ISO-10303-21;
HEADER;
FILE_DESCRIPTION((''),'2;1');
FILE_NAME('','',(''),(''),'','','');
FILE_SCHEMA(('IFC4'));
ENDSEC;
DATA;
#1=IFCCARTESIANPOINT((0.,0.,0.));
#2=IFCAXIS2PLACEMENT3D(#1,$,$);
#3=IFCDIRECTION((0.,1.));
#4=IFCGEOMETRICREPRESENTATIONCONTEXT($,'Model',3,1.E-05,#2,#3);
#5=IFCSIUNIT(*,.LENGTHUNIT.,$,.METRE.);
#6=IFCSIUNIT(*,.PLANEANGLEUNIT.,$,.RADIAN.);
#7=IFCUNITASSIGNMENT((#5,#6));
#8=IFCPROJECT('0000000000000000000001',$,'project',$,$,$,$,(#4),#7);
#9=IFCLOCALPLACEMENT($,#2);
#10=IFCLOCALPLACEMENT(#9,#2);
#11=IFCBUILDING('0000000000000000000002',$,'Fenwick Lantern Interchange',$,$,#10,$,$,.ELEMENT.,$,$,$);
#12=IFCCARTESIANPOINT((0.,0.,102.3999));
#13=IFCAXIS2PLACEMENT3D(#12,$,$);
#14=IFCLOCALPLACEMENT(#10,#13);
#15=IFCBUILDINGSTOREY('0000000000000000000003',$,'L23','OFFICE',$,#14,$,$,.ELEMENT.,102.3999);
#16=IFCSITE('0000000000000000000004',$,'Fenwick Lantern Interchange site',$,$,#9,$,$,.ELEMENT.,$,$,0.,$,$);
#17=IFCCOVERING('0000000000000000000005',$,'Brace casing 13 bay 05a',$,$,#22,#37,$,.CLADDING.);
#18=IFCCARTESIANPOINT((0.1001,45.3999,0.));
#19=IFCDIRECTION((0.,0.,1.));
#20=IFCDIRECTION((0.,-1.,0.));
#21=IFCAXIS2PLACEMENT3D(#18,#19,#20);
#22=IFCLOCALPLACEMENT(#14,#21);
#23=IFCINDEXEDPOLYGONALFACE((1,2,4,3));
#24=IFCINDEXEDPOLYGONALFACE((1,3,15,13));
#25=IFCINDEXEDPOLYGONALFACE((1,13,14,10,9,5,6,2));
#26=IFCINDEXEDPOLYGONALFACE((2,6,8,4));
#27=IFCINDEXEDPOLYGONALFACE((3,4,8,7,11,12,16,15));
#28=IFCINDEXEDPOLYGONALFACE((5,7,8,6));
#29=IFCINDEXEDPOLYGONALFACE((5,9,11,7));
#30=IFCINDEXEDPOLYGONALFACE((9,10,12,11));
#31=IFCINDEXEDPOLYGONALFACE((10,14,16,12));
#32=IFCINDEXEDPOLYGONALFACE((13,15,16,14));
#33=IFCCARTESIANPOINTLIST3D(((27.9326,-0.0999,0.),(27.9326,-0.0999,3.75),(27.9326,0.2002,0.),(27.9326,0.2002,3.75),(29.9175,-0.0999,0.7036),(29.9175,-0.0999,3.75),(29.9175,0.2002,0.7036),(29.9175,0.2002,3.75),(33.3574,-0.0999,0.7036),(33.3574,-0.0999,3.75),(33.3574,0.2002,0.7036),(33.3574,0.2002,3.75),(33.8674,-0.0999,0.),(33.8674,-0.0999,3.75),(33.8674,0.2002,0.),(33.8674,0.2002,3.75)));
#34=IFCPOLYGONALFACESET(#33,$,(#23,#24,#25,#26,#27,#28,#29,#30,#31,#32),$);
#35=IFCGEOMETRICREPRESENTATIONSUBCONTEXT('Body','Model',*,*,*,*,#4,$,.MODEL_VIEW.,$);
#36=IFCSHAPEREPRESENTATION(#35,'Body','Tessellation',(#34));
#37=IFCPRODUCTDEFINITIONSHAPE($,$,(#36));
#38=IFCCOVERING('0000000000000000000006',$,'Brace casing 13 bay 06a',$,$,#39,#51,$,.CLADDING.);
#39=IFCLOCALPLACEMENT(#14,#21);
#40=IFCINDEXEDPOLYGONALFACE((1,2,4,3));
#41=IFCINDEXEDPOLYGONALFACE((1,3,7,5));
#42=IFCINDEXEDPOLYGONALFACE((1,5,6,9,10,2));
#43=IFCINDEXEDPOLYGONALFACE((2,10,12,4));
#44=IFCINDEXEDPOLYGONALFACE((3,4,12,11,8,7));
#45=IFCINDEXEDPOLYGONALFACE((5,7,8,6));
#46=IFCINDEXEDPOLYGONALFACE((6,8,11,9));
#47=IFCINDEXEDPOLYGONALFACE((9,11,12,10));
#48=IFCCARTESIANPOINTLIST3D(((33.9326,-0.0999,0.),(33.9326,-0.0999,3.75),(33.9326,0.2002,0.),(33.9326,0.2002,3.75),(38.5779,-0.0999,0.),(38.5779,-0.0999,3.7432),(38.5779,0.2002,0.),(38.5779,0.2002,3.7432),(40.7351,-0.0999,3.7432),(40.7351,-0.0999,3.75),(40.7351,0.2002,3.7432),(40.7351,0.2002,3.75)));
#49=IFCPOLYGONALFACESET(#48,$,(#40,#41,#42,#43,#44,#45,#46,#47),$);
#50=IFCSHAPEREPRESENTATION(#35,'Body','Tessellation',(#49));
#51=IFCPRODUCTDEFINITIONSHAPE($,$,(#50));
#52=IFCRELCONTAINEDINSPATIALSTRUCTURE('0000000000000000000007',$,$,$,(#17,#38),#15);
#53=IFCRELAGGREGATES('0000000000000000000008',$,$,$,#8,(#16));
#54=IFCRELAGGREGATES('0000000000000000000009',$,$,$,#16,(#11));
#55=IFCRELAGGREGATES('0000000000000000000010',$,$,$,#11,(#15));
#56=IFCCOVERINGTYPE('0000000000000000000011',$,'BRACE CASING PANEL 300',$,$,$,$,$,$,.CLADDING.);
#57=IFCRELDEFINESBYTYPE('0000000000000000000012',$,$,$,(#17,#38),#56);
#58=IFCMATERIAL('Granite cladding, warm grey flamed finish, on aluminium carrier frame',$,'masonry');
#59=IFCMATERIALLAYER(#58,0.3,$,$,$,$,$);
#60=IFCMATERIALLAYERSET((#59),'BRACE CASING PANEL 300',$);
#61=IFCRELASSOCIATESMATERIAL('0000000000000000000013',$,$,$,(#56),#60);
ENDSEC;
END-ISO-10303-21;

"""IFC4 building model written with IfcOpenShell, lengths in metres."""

from ifc_helpers import new_model, si_unit, direction, frame, origin, place, context, subcontext, project, spatial, polyline, outline, extrude, material, layer, layer_set, type_object, element, save


model = new_model("IFC4")

# Units and contexts
model_context = context("Model", 3, precision=1e-05, world=origin(), true_north=direction((0.0, 1.0)))
body_context = subcontext(model_context, "Body", "Model", "MODEL_VIEW")
ifc_project = project(units=[si_unit("LENGTHUNIT", "METRE"), si_unit("PLANEANGLEUNIT", "RADIAN")], contexts=[model_context])

# Site, building, storey
site_placement = place(None, origin())
site = spatial("IfcSite", under=ifc_project, at=site_placement, Name="Fenwick Lantern Interchange site", CompositionType="ELEMENT", RefElevation=0.0)
building_placement = place(site_placement, origin())
building = spatial("IfcBuilding", under=site, at=building_placement, Name="Fenwick Lantern Interchange", CompositionType="ELEMENT")
storey_placement = place(building_placement, frame((0.0, 0.0, 102.3999)))
storey = spatial("IfcBuildingStorey", under=building, at=storey_placement, Name="L23", Description="OFFICE", CompositionType="ELEMENT", Elevation=102.3999)

# Coverings
ifc_material_1 = material(Name="Granite cladding, warm grey flamed finish, on aluminium carrier frame", Category="masonry")
ifc_layer_1 = layer(ifc_material_1, 0.3)
ifc_layer_set_1 = layer_set([ifc_layer_1], Name="BRACE CASING PANEL 300")
covering_type = type_object("IfcCoveringType", Name="BRACE CASING PANEL 300", PredefinedType="CLADDING", material=ifc_layer_set_1)
covering_1_placement = place(storey_placement, frame((0.1001, 45.3999, 0.0), z_axis=(0.0, 0.0, 1.0), x_axis=(0.0, -1.0, 0.0)))
element("IfcCovering", 1, at=covering_1_placement, inside=storey, type_object=covering_type, Name="Brace casing 13 bay 05a", PredefinedType="CLADDING", context=body_context, shape_type="SweptSolid", body=[
    extrude(outline(polyline([(27.9326, 0.0), (33.8674, 0.0), (33.8674, 3.75), (33.3574, 3.75), (33.3574, 0.7036), (29.9175, 0.7036), (29.9175, 3.75), (27.9326, 3.75), (27.9326, 0.0)])), frame((0.0, 0.2002, 0.0), z_axis=(0.0, -1.0, 0.0), x_axis=(1.0, 0.0, 0.0)), (0.0, 0.0, 1.0), 0.3),
])
covering_2_placement = place(storey_placement, frame((0.1001, 45.3999, 0.0), z_axis=(0.0, 0.0, 1.0), x_axis=(0.0, -1.0, 0.0)))
element("IfcCovering", 2, at=covering_2_placement, inside=storey, type_object=covering_type, Name="Brace casing 13 bay 06a", PredefinedType="CLADDING", context=body_context, shape_type="SweptSolid", body=[
    extrude(outline(polyline([(33.9326, 0.0), (38.5779, 0.0), (38.5779, 3.7432), (40.7351, 3.7432), (40.7351, 3.75), (33.9326, 3.75), (33.9326, 0.0)])), frame((0.0, 0.2002, 0.0), z_axis=(0.0, -1.0, 0.0), x_axis=(1.0, 0.0, 0.0)), (0.0, 0.0, 1.0), 0.3),
])

save(model, "model.ifc")
